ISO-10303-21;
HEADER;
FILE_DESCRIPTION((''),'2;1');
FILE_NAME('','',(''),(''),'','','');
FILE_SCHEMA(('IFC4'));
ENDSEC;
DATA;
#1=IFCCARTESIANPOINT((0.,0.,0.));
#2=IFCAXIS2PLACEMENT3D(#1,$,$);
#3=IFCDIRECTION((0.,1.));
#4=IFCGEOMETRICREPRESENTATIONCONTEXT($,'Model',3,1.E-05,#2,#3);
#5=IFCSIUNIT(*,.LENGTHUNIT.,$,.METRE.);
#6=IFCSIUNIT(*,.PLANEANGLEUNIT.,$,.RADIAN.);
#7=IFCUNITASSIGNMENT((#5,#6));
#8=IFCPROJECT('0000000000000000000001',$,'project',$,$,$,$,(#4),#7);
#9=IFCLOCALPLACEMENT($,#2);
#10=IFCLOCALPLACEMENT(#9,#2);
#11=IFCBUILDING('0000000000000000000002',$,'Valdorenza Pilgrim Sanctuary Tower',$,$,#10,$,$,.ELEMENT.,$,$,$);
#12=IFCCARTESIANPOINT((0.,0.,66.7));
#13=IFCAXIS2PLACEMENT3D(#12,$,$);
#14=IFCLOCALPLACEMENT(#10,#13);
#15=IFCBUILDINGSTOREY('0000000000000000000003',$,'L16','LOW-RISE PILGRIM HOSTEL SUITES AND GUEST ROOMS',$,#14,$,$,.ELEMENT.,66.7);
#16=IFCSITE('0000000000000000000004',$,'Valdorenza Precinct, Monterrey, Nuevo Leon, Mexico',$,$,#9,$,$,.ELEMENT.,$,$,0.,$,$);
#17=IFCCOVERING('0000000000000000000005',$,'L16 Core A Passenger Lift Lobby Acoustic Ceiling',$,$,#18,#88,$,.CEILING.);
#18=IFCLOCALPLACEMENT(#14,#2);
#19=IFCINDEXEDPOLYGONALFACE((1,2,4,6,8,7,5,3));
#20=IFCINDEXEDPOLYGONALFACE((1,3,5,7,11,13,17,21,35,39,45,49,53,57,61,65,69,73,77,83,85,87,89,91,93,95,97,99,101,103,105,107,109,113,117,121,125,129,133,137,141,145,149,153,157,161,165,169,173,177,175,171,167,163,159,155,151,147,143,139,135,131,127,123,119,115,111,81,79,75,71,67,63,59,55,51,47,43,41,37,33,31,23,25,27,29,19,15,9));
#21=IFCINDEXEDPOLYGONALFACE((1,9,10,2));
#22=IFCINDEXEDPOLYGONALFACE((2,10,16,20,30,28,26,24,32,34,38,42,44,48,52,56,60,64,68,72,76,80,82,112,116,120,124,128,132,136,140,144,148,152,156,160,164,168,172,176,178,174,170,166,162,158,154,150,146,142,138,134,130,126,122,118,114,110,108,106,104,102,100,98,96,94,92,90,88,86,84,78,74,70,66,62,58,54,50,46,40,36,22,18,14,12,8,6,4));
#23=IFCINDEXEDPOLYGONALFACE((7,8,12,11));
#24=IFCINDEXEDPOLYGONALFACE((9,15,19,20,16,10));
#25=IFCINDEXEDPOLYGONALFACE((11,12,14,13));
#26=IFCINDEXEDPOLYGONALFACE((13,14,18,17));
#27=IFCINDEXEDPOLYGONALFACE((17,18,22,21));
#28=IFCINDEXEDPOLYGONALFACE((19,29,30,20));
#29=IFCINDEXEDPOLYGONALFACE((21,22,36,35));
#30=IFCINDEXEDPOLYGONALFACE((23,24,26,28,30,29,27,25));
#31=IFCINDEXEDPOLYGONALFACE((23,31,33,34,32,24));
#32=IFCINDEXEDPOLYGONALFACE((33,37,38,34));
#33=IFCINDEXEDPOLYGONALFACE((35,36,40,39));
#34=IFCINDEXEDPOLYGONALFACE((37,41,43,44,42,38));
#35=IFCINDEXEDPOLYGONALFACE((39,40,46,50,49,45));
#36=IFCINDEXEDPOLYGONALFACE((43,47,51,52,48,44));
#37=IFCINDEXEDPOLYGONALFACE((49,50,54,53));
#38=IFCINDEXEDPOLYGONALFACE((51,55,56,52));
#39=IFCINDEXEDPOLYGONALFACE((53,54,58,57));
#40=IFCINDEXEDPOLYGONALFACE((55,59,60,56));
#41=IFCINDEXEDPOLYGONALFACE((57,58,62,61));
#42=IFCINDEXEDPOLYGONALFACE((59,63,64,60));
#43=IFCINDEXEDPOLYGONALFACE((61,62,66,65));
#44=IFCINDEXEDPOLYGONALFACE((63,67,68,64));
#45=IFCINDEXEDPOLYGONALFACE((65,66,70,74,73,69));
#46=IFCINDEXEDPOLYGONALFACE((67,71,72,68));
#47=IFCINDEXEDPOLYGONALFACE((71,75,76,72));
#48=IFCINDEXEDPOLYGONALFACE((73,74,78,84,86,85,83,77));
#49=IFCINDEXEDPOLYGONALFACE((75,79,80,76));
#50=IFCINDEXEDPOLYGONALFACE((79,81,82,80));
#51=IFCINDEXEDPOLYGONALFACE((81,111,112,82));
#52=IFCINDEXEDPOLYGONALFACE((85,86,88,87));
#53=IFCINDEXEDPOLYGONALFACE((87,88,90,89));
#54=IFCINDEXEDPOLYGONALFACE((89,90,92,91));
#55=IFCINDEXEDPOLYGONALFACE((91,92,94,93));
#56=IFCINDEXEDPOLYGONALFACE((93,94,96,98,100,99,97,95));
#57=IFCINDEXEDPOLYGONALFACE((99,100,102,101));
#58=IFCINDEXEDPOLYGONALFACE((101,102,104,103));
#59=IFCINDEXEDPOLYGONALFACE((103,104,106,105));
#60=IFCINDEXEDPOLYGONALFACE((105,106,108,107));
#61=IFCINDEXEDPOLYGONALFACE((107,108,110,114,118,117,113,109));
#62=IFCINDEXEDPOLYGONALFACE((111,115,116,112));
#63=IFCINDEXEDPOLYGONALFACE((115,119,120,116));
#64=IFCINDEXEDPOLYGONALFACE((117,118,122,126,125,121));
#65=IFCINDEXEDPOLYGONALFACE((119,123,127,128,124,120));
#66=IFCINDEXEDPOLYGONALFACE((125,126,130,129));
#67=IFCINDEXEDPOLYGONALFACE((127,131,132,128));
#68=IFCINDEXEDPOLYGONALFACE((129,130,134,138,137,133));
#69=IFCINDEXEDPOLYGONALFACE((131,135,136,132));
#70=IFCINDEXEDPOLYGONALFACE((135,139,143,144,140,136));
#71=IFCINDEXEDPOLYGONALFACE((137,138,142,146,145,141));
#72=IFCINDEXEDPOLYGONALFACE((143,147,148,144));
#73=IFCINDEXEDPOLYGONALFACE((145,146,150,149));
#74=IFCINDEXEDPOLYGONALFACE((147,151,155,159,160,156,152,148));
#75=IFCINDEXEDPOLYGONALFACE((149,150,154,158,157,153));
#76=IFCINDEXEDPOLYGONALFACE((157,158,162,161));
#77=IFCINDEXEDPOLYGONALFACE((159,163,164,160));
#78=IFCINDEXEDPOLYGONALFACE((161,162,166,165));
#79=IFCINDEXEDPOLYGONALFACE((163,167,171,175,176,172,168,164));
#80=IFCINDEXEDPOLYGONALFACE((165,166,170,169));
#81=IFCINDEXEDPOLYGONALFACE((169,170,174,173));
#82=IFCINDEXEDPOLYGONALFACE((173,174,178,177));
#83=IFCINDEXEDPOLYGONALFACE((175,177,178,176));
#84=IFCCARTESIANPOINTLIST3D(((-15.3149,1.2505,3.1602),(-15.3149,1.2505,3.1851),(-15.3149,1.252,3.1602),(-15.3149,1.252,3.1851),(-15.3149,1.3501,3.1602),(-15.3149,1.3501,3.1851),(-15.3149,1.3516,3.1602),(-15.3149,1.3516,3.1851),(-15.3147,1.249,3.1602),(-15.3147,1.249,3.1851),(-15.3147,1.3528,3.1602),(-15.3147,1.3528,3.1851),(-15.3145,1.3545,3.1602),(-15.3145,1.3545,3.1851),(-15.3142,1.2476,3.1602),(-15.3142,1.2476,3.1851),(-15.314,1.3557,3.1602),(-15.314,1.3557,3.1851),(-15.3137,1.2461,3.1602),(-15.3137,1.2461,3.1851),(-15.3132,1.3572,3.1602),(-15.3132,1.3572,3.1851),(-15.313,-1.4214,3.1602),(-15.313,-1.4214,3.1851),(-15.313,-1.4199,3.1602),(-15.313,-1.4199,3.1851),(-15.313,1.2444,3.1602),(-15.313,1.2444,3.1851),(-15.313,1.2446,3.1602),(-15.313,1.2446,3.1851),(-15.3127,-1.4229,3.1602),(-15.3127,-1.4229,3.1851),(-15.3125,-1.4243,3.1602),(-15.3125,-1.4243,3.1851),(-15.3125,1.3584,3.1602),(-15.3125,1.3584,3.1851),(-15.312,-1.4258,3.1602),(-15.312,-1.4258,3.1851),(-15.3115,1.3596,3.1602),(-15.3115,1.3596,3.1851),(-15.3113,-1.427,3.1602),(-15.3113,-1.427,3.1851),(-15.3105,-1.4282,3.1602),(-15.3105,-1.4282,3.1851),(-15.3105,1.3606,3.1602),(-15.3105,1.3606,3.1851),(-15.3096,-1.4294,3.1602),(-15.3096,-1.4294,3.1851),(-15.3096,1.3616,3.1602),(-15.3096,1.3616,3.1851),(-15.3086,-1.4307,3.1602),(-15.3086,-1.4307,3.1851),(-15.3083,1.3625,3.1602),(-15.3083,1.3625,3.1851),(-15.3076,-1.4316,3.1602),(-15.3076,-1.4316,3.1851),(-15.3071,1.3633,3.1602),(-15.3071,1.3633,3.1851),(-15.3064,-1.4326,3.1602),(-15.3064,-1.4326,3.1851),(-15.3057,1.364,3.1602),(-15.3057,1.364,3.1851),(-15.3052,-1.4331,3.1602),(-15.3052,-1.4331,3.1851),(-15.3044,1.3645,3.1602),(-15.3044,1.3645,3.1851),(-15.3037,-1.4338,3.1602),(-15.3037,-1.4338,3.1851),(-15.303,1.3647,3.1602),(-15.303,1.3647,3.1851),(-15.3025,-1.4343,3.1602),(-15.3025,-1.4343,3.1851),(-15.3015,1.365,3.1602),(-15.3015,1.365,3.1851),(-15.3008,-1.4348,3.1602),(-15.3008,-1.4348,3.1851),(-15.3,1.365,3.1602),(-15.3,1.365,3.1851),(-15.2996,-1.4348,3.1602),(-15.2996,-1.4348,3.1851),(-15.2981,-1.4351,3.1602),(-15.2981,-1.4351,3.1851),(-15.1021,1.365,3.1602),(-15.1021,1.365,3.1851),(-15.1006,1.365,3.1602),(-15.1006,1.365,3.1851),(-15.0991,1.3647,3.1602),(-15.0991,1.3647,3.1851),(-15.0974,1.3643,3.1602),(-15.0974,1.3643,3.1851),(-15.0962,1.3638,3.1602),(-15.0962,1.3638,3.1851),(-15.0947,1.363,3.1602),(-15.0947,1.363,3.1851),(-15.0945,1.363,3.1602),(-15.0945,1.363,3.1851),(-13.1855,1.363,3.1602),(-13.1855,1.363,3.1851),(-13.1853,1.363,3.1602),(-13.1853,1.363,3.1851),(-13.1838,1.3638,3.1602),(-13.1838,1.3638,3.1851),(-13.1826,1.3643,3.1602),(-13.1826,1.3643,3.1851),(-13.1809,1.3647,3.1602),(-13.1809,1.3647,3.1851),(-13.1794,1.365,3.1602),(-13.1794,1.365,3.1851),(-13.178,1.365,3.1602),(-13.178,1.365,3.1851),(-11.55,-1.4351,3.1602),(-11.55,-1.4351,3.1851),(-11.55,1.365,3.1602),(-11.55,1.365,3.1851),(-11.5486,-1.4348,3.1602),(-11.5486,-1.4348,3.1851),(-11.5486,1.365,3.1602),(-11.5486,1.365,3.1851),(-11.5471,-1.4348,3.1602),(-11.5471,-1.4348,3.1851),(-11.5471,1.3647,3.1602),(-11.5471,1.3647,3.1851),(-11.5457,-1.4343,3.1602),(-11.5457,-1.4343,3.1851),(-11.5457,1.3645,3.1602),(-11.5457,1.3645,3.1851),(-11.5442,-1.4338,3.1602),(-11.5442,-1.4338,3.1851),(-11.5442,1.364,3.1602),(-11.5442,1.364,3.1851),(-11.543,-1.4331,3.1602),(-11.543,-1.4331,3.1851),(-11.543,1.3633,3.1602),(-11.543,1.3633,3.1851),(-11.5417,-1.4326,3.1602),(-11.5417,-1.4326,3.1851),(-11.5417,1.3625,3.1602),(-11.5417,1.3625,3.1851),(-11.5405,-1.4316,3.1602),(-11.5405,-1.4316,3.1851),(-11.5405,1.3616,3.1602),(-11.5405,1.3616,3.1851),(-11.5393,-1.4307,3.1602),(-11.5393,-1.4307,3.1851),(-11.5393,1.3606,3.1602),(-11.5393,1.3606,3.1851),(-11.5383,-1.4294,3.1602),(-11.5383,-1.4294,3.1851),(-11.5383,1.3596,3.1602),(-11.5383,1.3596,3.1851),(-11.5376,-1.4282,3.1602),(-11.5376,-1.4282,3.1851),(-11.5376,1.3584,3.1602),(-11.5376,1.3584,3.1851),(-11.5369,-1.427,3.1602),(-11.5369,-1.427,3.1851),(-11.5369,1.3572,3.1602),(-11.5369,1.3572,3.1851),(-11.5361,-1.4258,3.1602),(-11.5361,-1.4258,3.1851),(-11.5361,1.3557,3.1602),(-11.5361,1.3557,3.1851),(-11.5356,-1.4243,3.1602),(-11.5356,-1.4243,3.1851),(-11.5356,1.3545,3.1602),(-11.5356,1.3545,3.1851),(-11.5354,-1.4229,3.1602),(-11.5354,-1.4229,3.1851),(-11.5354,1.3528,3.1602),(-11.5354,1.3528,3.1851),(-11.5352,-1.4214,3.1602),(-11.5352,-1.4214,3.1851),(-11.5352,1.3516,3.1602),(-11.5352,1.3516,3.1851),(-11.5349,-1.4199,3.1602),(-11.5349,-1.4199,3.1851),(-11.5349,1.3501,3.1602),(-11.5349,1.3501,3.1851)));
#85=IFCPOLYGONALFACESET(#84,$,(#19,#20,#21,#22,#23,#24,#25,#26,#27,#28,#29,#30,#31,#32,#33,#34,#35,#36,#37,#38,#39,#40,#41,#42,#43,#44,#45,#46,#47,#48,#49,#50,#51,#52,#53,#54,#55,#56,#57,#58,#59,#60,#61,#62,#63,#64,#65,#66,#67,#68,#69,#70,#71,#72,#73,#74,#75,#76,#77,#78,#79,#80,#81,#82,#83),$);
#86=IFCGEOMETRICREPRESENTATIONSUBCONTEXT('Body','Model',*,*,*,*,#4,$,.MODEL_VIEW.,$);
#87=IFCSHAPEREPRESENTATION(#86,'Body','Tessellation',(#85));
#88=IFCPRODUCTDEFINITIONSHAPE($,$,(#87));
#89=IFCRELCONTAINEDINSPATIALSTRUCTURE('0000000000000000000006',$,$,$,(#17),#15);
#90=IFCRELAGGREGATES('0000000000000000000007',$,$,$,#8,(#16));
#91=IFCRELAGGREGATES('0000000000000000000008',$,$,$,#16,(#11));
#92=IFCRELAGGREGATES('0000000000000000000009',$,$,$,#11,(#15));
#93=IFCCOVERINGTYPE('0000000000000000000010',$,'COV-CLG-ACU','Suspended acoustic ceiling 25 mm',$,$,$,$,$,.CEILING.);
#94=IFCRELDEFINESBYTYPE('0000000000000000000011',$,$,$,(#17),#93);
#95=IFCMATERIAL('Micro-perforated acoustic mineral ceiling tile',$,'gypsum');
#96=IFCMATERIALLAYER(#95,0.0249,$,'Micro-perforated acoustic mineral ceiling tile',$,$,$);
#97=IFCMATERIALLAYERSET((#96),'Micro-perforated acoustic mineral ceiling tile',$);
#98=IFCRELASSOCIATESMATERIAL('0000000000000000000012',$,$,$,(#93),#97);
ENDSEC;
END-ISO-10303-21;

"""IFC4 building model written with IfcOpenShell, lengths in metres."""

from ifc_helpers import new_model, si_unit, direction, frame, origin, place, context, subcontext, project, spatial, polyline, outline, extrude, material, layer, layer_set, type_object, element, save


model = new_model("IFC4")

# Units and contexts
model_context = context("Model", 3, precision=1e-05, world=origin(), true_north=direction((0.0, 1.0)))
body_context = subcontext(model_context, "Body", "Model", "MODEL_VIEW")
ifc_project = project(units=[si_unit("LENGTHUNIT", "METRE"), si_unit("PLANEANGLEUNIT", "RADIAN")], contexts=[model_context])

# Site, building, storey
site_placement = place(None, origin())
site = spatial("IfcSite", under=ifc_project, at=site_placement, Name="Valdorenza Precinct, Monterrey, Nuevo Leon, Mexico", CompositionType="ELEMENT", RefElevation=0.0)
building_placement = place(site_placement, origin())
building = spatial("IfcBuilding", under=site, at=building_placement, Name="Valdorenza Pilgrim Sanctuary Tower", CompositionType="ELEMENT")
storey_placement = place(building_placement, frame((0.0, 0.0, 66.7)))
storey = spatial("IfcBuildingStorey", under=building, at=storey_placement, Name="L16", Description="LOW-RISE PILGRIM HOSTEL SUITES AND GUEST ROOMS", CompositionType="ELEMENT", Elevation=66.7)

# Covering
ifc_material_1 = material(Name="Micro-perforated acoustic mineral ceiling tile", Category="gypsum")
ifc_layer_1 = layer(ifc_material_1, 0.0249, Name="Micro-perforated acoustic mineral ceiling tile")
ifc_layer_set_1 = layer_set([ifc_layer_1], Name="Micro-perforated acoustic mineral ceiling tile")
covering_type_1 = type_object("IfcCoveringType", Name="COV-CLG-ACU", Description="Suspended acoustic ceiling 25 mm", PredefinedType="CEILING", material=ifc_layer_set_1)
covering_1_placement = place(storey_placement, frame((0.0, 0.0, 3.1602)))
element("IfcCovering", 1, at=covering_1_placement, inside=storey, type_object=covering_type_1, Name="L16 Core A Passenger Lift Lobby Acoustic Ceiling", PredefinedType="CEILING", context=body_context, shape_type="SweptSolid", body=[
    extrude(outline(polyline([(-15.313, 1.2444), (-15.313, 1.2446), (-15.3137, 1.2461), (-15.3142, 1.2476), (-15.3147, 1.249), (-15.3149, 1.2505), (-15.3149, 1.252), (-15.3149, 1.3501), (-15.3149, 1.3516), (-15.3147, 1.3528), (-15.3145, 1.3545), (-15.314, 1.3557), (-15.3132, 1.3572), (-15.3125, 1.3584), (-15.3115, 1.3596), (-15.3105, 1.3606), (-15.3096, 1.3616), (-15.3083, 1.3625), (-15.3071, 1.3633), (-15.3057, 1.364), (-15.3044, 1.3645), (-15.303, 1.3647), (-15.3015, 1.365), (-15.3, 1.365), (-15.1021, 1.365), (-15.1006, 1.365), (-15.0991, 1.3647), (-15.0974, 1.3643), (-15.0962, 1.3638), (-15.0947, 1.363), (-15.0945, 1.363), (-13.1855, 1.363), (-13.1853, 1.363), (-13.1838, 1.3638), (-13.1826, 1.3643), (-13.1809, 1.3647), (-13.1794, 1.365), (-13.178, 1.365), (-11.55, 1.365), (-11.5486, 1.365), (-11.5471, 1.3647), (-11.5457, 1.3645), (-11.5442, 1.364), (-11.543, 1.3633), (-11.5417, 1.3625), (-11.5405, 1.3616), (-11.5393, 1.3606), (-11.5383, 1.3596), (-11.5376, 1.3584), (-11.5369, 1.3572), (-11.5361, 1.3557), (-11.5356, 1.3545), (-11.5354, 1.3528), (-11.5352, 1.3516), (-11.5349, 1.3501), (-11.5349, -1.4199), (-11.5352, -1.4214), (-11.5354, -1.4229), (-11.5356, -1.4243), (-11.5361, -1.4258), (-11.5369, -1.427), (-11.5376, -1.4282), (-11.5383, -1.4294), (-11.5393, -1.4307), (-11.5405, -1.4316), (-11.5417, -1.4326), (-11.543, -1.4331), (-11.5442, -1.4338), (-11.5457, -1.4343), (-11.5471, -1.4348), (-11.5486, -1.4348), (-11.55, -1.4351), (-15.2981, -1.4351), (-15.2996, -1.4348), (-15.3008, -1.4348), (-15.3025, -1.4343), (-15.3037, -1.4338), (-15.3052, -1.4331), (-15.3064, -1.4326), (-15.3076, -1.4316), (-15.3086, -1.4307), (-15.3096, -1.4294), (-15.3105, -1.4282), (-15.3113, -1.427), (-15.312, -1.4258), (-15.3125, -1.4243), (-15.3127, -1.4229), (-15.313, -1.4214), (-15.313, -1.4199), (-15.313, 1.2444)])), origin(), (0.0, 0.0, 1.0), 0.0249),
])

save(model, "model.ifc")
